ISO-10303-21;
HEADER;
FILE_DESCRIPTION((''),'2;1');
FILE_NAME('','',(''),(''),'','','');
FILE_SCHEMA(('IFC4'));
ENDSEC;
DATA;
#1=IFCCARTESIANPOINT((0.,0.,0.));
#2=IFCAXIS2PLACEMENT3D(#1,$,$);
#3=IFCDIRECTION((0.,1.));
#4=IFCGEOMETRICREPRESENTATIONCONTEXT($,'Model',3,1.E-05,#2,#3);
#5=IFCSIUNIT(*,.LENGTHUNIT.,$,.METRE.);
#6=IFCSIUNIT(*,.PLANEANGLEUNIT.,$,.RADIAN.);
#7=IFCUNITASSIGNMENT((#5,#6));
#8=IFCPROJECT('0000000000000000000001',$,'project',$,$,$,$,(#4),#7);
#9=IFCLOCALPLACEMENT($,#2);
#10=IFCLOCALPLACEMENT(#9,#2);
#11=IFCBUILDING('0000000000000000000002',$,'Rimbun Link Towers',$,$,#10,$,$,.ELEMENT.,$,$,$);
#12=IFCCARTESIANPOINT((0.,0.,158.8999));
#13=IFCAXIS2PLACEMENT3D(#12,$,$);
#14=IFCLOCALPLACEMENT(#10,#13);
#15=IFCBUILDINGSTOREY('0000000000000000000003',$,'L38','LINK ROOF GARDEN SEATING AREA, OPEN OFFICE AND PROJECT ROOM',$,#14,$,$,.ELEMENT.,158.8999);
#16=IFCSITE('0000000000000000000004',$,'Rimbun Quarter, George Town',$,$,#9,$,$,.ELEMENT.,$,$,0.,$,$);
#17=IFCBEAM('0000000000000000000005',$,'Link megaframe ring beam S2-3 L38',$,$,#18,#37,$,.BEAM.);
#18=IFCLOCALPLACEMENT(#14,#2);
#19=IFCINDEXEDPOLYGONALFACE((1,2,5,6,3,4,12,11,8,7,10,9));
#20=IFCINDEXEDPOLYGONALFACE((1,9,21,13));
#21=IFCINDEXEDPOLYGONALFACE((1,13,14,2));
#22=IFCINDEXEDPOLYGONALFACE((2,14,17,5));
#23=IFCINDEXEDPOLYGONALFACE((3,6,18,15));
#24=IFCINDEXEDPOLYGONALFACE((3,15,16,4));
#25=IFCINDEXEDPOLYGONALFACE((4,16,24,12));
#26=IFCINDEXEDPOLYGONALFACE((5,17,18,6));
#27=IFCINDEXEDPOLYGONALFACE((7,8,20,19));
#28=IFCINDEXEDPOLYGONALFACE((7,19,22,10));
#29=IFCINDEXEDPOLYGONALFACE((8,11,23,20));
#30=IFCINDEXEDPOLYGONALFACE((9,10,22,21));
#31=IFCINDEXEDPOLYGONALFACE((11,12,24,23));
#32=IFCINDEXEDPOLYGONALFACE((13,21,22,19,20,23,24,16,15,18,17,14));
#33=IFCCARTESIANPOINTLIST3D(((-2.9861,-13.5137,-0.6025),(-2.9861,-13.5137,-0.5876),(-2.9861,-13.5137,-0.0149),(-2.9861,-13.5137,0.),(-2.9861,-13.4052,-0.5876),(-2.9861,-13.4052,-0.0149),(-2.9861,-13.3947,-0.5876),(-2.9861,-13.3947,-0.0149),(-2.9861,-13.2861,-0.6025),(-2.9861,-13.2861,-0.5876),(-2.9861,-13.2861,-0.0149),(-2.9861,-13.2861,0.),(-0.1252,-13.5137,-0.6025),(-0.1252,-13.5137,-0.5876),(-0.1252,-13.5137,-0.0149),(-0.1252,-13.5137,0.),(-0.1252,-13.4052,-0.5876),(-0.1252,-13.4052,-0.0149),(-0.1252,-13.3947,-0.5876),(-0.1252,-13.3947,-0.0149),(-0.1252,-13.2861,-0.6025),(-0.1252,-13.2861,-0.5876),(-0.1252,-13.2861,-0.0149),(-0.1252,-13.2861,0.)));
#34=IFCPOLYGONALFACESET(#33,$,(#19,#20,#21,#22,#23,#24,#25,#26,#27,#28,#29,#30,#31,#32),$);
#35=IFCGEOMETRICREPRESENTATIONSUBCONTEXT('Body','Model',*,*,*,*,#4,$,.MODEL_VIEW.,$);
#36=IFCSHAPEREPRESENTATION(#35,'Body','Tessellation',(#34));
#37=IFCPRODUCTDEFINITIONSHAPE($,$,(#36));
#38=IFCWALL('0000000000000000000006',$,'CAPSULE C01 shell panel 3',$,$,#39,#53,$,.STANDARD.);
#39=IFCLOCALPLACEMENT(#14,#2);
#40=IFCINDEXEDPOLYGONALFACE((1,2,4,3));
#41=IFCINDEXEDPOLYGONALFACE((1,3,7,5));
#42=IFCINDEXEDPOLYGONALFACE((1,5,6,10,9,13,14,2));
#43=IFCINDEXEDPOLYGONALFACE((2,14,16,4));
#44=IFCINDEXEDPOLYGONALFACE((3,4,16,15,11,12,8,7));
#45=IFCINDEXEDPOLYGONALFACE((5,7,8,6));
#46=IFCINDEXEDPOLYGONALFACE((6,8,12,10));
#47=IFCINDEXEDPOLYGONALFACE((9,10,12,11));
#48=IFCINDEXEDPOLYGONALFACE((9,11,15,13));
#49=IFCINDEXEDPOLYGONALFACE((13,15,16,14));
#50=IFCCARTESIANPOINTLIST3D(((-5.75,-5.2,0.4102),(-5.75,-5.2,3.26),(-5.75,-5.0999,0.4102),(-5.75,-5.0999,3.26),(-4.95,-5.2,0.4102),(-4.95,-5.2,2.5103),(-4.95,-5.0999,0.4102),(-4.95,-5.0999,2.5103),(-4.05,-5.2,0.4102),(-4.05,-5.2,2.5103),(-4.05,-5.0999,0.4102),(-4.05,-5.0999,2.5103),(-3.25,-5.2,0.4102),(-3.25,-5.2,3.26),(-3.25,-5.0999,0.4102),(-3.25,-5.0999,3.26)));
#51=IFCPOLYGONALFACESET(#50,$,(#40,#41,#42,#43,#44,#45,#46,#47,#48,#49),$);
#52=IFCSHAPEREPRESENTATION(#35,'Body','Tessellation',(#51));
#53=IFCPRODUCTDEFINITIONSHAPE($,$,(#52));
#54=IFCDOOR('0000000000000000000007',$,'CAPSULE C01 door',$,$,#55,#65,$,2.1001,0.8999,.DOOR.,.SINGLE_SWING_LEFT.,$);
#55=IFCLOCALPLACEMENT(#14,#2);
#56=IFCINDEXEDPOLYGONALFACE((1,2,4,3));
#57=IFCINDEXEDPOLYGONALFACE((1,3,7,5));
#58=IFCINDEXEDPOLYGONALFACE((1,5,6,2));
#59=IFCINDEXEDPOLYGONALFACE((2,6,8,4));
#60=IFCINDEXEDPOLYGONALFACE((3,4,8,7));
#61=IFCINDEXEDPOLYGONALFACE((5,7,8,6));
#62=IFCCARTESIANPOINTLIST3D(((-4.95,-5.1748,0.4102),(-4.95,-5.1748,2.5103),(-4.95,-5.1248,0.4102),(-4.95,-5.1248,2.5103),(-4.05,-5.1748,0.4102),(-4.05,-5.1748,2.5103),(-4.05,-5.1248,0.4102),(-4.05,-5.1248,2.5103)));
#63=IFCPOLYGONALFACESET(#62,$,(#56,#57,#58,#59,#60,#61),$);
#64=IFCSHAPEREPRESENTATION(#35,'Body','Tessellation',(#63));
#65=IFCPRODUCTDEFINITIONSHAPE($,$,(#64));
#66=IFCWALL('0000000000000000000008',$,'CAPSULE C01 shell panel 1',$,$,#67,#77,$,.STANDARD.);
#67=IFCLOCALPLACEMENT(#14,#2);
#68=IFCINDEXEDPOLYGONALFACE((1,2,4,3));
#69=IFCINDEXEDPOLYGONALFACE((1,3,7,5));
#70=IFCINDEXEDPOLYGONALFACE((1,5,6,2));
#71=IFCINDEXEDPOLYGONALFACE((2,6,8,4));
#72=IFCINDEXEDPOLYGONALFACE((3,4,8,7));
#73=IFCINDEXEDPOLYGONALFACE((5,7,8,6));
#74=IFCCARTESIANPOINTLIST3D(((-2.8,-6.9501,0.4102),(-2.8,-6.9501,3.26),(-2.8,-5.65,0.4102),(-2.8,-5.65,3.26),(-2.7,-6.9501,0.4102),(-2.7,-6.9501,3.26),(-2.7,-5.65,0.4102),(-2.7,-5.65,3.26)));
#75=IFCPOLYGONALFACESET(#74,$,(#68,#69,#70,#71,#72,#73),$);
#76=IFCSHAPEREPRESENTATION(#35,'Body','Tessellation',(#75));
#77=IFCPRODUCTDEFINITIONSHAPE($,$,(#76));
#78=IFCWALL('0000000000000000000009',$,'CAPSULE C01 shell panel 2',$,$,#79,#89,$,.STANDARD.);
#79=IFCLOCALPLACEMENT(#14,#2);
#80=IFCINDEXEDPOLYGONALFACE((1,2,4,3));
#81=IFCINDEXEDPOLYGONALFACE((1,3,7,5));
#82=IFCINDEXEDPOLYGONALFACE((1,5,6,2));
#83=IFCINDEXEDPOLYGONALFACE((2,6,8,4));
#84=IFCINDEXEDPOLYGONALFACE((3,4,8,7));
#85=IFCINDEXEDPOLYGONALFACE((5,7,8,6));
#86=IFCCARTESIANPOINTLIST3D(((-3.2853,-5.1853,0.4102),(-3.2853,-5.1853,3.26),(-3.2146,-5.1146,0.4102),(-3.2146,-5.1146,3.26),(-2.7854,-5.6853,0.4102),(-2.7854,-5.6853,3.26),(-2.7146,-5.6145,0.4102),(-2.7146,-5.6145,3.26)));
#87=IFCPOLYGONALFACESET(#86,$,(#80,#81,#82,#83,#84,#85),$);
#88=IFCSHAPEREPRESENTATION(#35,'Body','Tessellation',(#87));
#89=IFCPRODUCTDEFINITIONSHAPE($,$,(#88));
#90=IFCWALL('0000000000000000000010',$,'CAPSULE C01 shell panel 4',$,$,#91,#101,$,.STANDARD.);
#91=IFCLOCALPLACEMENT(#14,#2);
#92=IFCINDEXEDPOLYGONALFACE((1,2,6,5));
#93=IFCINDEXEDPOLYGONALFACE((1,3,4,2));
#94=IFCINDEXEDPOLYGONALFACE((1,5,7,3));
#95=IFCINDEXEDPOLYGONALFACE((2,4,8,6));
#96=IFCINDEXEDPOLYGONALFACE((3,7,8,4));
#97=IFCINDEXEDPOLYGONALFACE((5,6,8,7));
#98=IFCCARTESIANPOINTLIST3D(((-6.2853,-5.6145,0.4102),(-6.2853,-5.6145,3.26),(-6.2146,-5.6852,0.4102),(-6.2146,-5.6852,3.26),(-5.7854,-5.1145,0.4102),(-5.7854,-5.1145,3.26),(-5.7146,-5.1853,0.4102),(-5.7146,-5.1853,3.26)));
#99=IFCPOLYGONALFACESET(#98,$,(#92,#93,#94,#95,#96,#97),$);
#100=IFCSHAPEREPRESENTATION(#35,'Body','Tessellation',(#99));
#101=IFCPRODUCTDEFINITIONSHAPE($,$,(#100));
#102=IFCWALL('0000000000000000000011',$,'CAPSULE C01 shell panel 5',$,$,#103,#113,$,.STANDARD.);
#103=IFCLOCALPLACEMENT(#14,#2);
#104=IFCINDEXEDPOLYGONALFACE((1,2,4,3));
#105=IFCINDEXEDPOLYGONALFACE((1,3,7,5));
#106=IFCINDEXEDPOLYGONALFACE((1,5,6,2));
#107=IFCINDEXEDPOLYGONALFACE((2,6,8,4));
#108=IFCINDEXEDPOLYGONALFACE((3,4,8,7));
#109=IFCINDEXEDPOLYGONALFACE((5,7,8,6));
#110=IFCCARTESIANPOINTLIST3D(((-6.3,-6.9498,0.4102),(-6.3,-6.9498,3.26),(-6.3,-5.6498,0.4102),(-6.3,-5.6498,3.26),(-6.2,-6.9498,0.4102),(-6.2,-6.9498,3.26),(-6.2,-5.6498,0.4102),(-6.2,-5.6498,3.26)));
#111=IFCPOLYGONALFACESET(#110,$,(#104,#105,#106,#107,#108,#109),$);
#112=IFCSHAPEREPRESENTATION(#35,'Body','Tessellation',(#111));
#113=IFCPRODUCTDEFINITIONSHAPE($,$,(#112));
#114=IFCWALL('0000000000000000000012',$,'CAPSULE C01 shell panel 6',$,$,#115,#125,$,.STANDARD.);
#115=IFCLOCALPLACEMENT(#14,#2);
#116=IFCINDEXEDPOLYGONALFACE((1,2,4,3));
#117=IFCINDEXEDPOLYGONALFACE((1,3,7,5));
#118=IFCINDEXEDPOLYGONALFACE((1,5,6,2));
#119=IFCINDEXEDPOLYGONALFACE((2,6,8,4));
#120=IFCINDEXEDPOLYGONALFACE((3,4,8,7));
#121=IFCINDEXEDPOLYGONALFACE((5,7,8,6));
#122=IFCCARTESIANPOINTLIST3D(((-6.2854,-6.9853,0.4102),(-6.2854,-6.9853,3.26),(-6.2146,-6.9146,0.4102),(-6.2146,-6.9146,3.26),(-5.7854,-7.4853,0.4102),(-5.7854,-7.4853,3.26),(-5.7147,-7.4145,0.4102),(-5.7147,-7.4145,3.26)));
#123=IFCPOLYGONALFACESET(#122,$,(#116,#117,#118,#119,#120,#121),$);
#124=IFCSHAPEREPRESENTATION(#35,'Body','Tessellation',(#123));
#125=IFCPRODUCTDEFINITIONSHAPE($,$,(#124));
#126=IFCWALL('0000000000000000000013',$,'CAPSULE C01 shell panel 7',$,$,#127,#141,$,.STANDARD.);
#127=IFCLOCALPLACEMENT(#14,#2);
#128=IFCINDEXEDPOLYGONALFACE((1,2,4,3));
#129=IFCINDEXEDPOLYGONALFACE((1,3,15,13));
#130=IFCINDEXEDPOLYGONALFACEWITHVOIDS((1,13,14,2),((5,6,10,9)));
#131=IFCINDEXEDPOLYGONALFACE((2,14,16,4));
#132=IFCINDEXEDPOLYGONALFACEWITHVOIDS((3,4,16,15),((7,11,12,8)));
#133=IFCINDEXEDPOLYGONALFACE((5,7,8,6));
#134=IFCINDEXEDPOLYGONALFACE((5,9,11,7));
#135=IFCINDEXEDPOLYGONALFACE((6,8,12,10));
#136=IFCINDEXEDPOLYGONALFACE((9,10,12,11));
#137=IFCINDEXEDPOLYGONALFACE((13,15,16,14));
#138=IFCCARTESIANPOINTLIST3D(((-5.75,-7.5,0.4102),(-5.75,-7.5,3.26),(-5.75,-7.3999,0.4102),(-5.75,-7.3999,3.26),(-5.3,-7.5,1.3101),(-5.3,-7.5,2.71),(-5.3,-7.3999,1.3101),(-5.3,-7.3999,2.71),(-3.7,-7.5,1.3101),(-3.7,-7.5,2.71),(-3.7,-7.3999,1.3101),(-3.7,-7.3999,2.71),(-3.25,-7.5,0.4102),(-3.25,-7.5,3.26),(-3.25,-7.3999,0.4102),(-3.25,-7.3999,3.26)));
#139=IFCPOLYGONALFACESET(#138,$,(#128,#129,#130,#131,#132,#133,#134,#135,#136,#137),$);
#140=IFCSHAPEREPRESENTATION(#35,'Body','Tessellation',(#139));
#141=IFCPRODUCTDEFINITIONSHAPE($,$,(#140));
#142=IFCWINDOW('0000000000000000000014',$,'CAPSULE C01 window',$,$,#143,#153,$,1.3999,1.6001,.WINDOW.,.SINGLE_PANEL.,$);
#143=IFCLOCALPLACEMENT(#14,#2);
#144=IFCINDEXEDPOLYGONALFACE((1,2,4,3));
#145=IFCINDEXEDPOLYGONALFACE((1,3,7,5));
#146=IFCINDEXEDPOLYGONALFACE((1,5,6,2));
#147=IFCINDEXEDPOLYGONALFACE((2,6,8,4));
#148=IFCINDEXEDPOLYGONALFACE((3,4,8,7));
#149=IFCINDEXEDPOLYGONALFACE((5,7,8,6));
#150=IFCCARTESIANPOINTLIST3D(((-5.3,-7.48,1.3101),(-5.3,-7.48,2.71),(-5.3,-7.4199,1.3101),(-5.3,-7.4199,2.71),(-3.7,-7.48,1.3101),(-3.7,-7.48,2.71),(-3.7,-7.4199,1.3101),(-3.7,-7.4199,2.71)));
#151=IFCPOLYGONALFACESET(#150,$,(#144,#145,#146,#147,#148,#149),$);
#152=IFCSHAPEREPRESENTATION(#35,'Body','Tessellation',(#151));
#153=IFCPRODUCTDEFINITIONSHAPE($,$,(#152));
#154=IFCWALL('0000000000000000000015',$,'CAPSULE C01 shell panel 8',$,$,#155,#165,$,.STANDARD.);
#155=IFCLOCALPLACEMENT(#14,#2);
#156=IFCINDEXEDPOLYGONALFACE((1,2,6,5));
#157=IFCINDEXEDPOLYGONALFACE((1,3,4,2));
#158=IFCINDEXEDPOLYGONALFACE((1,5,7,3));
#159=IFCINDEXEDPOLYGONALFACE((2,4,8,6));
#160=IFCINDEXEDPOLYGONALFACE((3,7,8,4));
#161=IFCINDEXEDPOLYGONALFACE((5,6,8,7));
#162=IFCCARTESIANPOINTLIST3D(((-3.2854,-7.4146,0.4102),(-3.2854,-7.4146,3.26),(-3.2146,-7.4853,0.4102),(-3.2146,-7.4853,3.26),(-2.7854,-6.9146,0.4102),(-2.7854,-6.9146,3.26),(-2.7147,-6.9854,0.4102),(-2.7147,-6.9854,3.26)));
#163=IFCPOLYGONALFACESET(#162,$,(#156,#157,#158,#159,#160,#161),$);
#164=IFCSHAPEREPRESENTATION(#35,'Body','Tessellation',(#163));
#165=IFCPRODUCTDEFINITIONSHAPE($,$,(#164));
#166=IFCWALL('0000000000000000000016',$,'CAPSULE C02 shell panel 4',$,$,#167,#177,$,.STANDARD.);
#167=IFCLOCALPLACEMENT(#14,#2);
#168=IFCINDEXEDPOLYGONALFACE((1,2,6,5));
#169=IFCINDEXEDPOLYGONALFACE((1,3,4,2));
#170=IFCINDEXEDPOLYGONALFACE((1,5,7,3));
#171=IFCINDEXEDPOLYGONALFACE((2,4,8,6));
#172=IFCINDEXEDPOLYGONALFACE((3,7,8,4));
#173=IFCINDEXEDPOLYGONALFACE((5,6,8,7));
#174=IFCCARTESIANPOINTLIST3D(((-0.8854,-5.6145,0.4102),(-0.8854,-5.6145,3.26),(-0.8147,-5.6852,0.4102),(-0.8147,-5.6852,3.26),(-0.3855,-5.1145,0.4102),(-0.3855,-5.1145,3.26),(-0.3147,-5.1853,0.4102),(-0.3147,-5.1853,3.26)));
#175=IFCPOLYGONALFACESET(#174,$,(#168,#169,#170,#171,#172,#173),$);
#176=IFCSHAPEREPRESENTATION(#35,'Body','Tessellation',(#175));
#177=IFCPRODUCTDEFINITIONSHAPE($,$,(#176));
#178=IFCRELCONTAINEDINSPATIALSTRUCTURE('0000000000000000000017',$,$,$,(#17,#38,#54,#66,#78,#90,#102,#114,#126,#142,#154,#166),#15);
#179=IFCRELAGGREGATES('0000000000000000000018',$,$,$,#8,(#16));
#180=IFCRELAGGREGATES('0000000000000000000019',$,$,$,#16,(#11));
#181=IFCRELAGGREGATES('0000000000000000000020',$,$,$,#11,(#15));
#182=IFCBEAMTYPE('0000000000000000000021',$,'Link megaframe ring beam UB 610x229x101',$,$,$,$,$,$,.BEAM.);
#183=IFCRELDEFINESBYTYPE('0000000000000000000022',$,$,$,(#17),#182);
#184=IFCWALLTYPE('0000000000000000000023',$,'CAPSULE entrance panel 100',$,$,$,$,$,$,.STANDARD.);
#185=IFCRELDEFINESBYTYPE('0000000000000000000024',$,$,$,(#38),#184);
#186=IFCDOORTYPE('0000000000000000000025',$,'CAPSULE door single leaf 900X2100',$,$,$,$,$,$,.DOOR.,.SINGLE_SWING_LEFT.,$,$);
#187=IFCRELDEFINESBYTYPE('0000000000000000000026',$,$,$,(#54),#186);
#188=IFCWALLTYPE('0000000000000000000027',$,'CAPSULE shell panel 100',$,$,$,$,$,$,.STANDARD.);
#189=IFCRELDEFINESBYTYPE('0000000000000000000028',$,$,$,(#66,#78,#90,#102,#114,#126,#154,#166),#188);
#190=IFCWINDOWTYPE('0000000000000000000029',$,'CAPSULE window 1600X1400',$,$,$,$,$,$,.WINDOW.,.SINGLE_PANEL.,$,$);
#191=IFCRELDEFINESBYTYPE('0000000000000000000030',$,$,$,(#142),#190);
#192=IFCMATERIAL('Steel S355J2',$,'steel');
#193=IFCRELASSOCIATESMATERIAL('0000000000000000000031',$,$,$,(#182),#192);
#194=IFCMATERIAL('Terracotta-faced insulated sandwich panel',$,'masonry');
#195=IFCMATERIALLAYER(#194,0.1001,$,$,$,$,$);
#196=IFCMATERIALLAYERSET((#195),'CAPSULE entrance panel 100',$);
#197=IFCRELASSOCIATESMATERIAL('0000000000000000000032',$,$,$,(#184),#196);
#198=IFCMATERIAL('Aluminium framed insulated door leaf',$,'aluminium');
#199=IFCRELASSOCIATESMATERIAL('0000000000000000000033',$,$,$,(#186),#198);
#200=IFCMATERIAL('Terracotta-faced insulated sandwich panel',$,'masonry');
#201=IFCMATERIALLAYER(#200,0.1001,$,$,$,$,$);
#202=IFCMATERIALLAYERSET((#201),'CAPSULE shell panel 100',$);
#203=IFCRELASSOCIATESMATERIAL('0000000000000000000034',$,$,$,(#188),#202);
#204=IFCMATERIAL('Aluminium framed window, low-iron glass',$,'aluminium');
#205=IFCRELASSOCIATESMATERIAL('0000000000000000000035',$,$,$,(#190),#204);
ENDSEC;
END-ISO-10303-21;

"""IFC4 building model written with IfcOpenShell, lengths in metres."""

from ifc_helpers import new_model, si_unit, direction, frame, frame_2d, origin, origin_2d, place, context, subcontext, project, spatial, rectangle, i_section, extrude, material, layer, layer_set, material_profile, profile_set, type_object, element, fill, save


model = new_model("IFC4")

# Units and contexts
model_context = context("Model", 3, precision=1e-05, world=origin(), true_north=direction((0.0, 1.0)))
body_context = subcontext(model_context, "Body", "Model", "MODEL_VIEW")
ifc_project = project(units=[si_unit("LENGTHUNIT", "METRE"), si_unit("PLANEANGLEUNIT", "RADIAN")], contexts=[model_context])

# Site, building, storey
site_placement = place(None, origin())
site = spatial("IfcSite", under=ifc_project, at=site_placement, Name="Rimbun Quarter, George Town", CompositionType="ELEMENT", RefElevation=0.0)
building_placement = place(site_placement, origin())
building = spatial("IfcBuilding", under=site, at=building_placement, Name="Rimbun Link Towers", CompositionType="ELEMENT")
storey_placement = place(building_placement, frame((0.0, 0.0, 158.8999)))
storey = spatial("IfcBuildingStorey", under=building, at=storey_placement, Name="L38", Description="LINK ROOF GARDEN SEATING AREA, OPEN OFFICE AND PROJECT ROOM", CompositionType="ELEMENT", Elevation=158.8999)

# Beam
ifc_material_1 = material(Name="Steel S355J2", Category="steel")
ifc_material_profile = material_profile(ifc_material_1, i_section(OverallWidth=0.2275, OverallDepth=0.6025, WebThickness=0.0105, FlangeThickness=0.0149, at=origin_2d()), Name="UB 610x229x101")
ifc_profile_set = profile_set([ifc_material_profile], Name="Steel S355J2")
beam_type = type_object("IfcBeamType", Name="Link megaframe ring beam UB 610x229x101", PredefinedType="BEAM", material=ifc_profile_set)
beam_placement = place(storey_placement, frame((-2.9861, -13.3999, -0.3013), z_axis=(1.0, 0.0, 0.0), x_axis=(0.0, 1.0, 0.0)))
element("IfcBeam", 1, at=beam_placement, inside=storey, type_object=beam_type, Name="Link megaframe ring beam S2-3 L38", PredefinedType="BEAM", context=body_context, shape_type="SweptSolid", body=[
    extrude(i_section(OverallWidth=0.2275, OverallDepth=0.6025, WebThickness=0.0105, FlangeThickness=0.0149, at=origin_2d()), origin(), (0.0, 0.0, 1.0), 2.8608),
])

# Wall, opening, door
ifc_material_2 = material(Name="Terracotta-faced insulated sandwich panel", Category="masonry")
ifc_layer_1 = layer(ifc_material_2, 0.1001)
ifc_layer_set_1 = layer_set([ifc_layer_1], Name="CAPSULE entrance panel 100")
wall_type_1 = type_object("IfcWallType", Name="CAPSULE entrance panel 100", PredefinedType="STANDARD", material=ifc_layer_set_1)
wall_1_placement = place(storey_placement, frame((-3.25, -5.1499, 0.4102), z_axis=(0.0, 0.0, 1.0), x_axis=(-1.0, 0.0, 0.0)))
wall_1 = element("IfcWall", 2, at=wall_1_placement, inside=storey, type_object=wall_type_1, Name="CAPSULE C01 shell panel 3", PredefinedType="STANDARD", context=body_context, shape_type="SweptSolid", body=[
    extrude(rectangle(XDim=2.5, YDim=0.1001, at=frame_2d((1.25, 0.0))), origin(), (0.0, 0.0, 1.0), 2.8499),
])
opening_1_placement = place(wall_1_placement, frame((0.8, 0.0, 0.0)))
opening_1 = element("IfcOpeningElement", 3, at=opening_1_placement, cuts=wall_1, PredefinedType="OPENING", context=body_context, shape_type="SweptSolid", body=[
    extrude(rectangle(XDim=0.8999, YDim=2.1001, at=frame_2d((0.45, 1.05))), frame((0.0, 0.0601, 0.0), z_axis=(0.0, -1.0, 0.0), x_axis=(1.0, 0.0, 0.0)), (0.0, 0.0, 1.0), 0.1201),
])
ifc_material_3 = material(Name="Aluminium framed insulated door leaf", Category="aluminium")
door_type = type_object("IfcDoorType", Name="CAPSULE door single leaf 900X2100", OperationType="SINGLE_SWING_LEFT", PredefinedType="DOOR", material=ifc_material_3)
door_placement = place(opening_1_placement, origin())
door = element("IfcDoor", 4, at=door_placement, inside=storey, type_object=door_type, Name="CAPSULE C01 door", OperationType="SINGLE_SWING_LEFT", OverallHeight=2.1001, OverallWidth=0.8999, PredefinedType="DOOR", context=body_context, shape_type="SweptSolid", body=[
    extrude(rectangle(XDim=0.8999, YDim=2.1001, at=frame_2d((0.45, 1.05))), frame((0.0, 0.0249, 0.0), z_axis=(0.0, -1.0, 0.0), x_axis=(1.0, 0.0, 0.0)), (0.0, 0.0, 1.0), 0.05),
])
fill(opening_1, door)

# Walls
ifc_material_4 = material(Name="Terracotta-faced insulated sandwich panel", Category="masonry")
ifc_layer_2 = layer(ifc_material_4, 0.1001)
ifc_layer_set_2 = layer_set([ifc_layer_2], Name="CAPSULE shell panel 100")
wall_type_2 = type_object("IfcWallType", Name="CAPSULE shell panel 100", PredefinedType="STANDARD", material=ifc_layer_set_2)
wall_2_placement = place(storey_placement, frame((-2.75, -6.95, 0.4102), z_axis=(0.0, 0.0, 1.0), x_axis=(0.0, 1.0, 0.0)))
element("IfcWall", 5, at=wall_2_placement, inside=storey, type_object=wall_type_2, Name="CAPSULE C01 shell panel 1", PredefinedType="STANDARD", context=body_context, shape_type="SweptSolid", body=[
    extrude(rectangle(XDim=1.3, YDim=0.1001, at=frame_2d((0.6499, 0.0))), origin(), (0.0, 0.0, 1.0), 2.8499),
])
for number, where, z_axis, x_axis, name in (
    (6, (-2.75, -5.6499, 0.4102), (0.0, 0.0, 1.0), (-0.707107, 0.707107, 0.0), "CAPSULE C01 shell panel 2"),
    (7, (-5.75, -5.1499, 0.4102), (0.0, 0.0, 1.0), (-0.707107, -0.707107, 0.0), "CAPSULE C01 shell panel 4"),
):
    element("IfcWall", number, at=place(storey_placement, frame(where, z_axis=z_axis, x_axis=x_axis)), inside=storey, type_object=wall_type_2, Name=name, PredefinedType="STANDARD", context=body_context, shape_type="SweptSolid", body=[
        extrude(rectangle(XDim=0.707, YDim=0.1001, at=frame_2d((0.3535, 0.0))), origin(), (0.0, 0.0, 1.0), 2.8499),
    ])
wall_3_placement = place(storey_placement, frame((-6.25, -5.6499, 0.4102), z_axis=(0.0, 0.0, 1.0), x_axis=(0.0, -1.0, 0.0)))
element("IfcWall", 8, at=wall_3_placement, inside=storey, type_object=wall_type_2, Name="CAPSULE C01 shell panel 5", PredefinedType="STANDARD", context=body_context, shape_type="SweptSolid", body=[
    extrude(rectangle(XDim=1.3, YDim=0.1001, at=frame_2d((0.6499, 0.0))), origin(), (0.0, 0.0, 1.0), 2.8499),
])
wall_4_placement = place(storey_placement, frame((-6.25, -6.95, 0.4102), z_axis=(0.0, 0.0, 1.0), x_axis=(0.707107, -0.707107, 0.0)))
element("IfcWall", 9, at=wall_4_placement, inside=storey, type_object=wall_type_2, Name="CAPSULE C01 shell panel 6", PredefinedType="STANDARD", context=body_context, shape_type="SweptSolid", body=[
    extrude(rectangle(XDim=0.707, YDim=0.1001, at=frame_2d((0.3535, 0.0))), origin(), (0.0, 0.0, 1.0), 2.8499),
])

# Wall, opening, window
wall_5_placement = place(storey_placement, frame((-5.75, -7.45, 0.4102), z_axis=(0.0, 0.0, 1.0), x_axis=(1.0, 0.0, 0.0)))
wall_5 = element("IfcWall", 10, at=wall_5_placement, inside=storey, type_object=wall_type_2, Name="CAPSULE C01 shell panel 7", PredefinedType="STANDARD", context=body_context, shape_type="SweptSolid", body=[
    extrude(rectangle(XDim=2.5, YDim=0.1001, at=frame_2d((1.25, 0.0))), origin(), (0.0, 0.0, 1.0), 2.8499),
])
opening_2_placement = place(wall_5_placement, frame((0.45, 0.0, 0.8999)))
opening_2 = element("IfcOpeningElement", 11, at=opening_2_placement, cuts=wall_5, PredefinedType="OPENING", context=body_context, shape_type="SweptSolid", body=[
    extrude(rectangle(XDim=1.6001, YDim=1.3999, at=frame_2d((0.8, 0.7))), frame((0.0, 0.0601, 0.0), z_axis=(0.0, -1.0, 0.0), x_axis=(1.0, 0.0, 0.0)), (0.0, 0.0, 1.0), 0.1201),
])
ifc_material_5 = material(Name="Aluminium framed window, low-iron glass", Category="aluminium")
window_type = type_object("IfcWindowType", Name="CAPSULE window 1600X1400", PartitioningType="SINGLE_PANEL", PredefinedType="WINDOW", material=ifc_material_5)
window_1_placement = place(opening_2_placement, origin())
window_1 = element("IfcWindow", 12, at=window_1_placement, inside=storey, type_object=window_type, Name="CAPSULE C01 window", OverallHeight=1.3999, OverallWidth=1.6001, PartitioningType="SINGLE_PANEL", PredefinedType="WINDOW", context=body_context, shape_type="SweptSolid", body=[
    extrude(rectangle(XDim=1.6001, YDim=1.3999, at=frame_2d((0.8, 0.7))), frame((0.0, 0.03, 0.0), z_axis=(0.0, -1.0, 0.0), x_axis=(1.0, 0.0, 0.0)), (0.0, 0.0, 1.0), 0.0601),
])
fill(opening_2, window_1)

# Walls
for number, where, z_axis, x_axis, name in (
    (13, (-3.25, -7.45, 0.4102), (0.0, 0.0, 1.0), (0.707107, 0.707107, 0.0), "CAPSULE C01 shell panel 8"),
    (14, (-0.3501, -5.1499, 0.4102), (0.0, 0.0, 1.0), (-0.707107, -0.707107, 0.0), "CAPSULE C02 shell panel 4"),
):
    element("IfcWall", number, at=place(storey_placement, frame(where, z_axis=z_axis, x_axis=x_axis)), inside=storey, type_object=wall_type_2, Name=name, PredefinedType="STANDARD", context=body_context, shape_type="SweptSolid", body=[
        extrude(rectangle(XDim=0.707, YDim=0.1001, at=frame_2d((0.3535, 0.0))), origin(), (0.0, 0.0, 1.0), 2.8499),
    ])

save(model, "model.ifc")
